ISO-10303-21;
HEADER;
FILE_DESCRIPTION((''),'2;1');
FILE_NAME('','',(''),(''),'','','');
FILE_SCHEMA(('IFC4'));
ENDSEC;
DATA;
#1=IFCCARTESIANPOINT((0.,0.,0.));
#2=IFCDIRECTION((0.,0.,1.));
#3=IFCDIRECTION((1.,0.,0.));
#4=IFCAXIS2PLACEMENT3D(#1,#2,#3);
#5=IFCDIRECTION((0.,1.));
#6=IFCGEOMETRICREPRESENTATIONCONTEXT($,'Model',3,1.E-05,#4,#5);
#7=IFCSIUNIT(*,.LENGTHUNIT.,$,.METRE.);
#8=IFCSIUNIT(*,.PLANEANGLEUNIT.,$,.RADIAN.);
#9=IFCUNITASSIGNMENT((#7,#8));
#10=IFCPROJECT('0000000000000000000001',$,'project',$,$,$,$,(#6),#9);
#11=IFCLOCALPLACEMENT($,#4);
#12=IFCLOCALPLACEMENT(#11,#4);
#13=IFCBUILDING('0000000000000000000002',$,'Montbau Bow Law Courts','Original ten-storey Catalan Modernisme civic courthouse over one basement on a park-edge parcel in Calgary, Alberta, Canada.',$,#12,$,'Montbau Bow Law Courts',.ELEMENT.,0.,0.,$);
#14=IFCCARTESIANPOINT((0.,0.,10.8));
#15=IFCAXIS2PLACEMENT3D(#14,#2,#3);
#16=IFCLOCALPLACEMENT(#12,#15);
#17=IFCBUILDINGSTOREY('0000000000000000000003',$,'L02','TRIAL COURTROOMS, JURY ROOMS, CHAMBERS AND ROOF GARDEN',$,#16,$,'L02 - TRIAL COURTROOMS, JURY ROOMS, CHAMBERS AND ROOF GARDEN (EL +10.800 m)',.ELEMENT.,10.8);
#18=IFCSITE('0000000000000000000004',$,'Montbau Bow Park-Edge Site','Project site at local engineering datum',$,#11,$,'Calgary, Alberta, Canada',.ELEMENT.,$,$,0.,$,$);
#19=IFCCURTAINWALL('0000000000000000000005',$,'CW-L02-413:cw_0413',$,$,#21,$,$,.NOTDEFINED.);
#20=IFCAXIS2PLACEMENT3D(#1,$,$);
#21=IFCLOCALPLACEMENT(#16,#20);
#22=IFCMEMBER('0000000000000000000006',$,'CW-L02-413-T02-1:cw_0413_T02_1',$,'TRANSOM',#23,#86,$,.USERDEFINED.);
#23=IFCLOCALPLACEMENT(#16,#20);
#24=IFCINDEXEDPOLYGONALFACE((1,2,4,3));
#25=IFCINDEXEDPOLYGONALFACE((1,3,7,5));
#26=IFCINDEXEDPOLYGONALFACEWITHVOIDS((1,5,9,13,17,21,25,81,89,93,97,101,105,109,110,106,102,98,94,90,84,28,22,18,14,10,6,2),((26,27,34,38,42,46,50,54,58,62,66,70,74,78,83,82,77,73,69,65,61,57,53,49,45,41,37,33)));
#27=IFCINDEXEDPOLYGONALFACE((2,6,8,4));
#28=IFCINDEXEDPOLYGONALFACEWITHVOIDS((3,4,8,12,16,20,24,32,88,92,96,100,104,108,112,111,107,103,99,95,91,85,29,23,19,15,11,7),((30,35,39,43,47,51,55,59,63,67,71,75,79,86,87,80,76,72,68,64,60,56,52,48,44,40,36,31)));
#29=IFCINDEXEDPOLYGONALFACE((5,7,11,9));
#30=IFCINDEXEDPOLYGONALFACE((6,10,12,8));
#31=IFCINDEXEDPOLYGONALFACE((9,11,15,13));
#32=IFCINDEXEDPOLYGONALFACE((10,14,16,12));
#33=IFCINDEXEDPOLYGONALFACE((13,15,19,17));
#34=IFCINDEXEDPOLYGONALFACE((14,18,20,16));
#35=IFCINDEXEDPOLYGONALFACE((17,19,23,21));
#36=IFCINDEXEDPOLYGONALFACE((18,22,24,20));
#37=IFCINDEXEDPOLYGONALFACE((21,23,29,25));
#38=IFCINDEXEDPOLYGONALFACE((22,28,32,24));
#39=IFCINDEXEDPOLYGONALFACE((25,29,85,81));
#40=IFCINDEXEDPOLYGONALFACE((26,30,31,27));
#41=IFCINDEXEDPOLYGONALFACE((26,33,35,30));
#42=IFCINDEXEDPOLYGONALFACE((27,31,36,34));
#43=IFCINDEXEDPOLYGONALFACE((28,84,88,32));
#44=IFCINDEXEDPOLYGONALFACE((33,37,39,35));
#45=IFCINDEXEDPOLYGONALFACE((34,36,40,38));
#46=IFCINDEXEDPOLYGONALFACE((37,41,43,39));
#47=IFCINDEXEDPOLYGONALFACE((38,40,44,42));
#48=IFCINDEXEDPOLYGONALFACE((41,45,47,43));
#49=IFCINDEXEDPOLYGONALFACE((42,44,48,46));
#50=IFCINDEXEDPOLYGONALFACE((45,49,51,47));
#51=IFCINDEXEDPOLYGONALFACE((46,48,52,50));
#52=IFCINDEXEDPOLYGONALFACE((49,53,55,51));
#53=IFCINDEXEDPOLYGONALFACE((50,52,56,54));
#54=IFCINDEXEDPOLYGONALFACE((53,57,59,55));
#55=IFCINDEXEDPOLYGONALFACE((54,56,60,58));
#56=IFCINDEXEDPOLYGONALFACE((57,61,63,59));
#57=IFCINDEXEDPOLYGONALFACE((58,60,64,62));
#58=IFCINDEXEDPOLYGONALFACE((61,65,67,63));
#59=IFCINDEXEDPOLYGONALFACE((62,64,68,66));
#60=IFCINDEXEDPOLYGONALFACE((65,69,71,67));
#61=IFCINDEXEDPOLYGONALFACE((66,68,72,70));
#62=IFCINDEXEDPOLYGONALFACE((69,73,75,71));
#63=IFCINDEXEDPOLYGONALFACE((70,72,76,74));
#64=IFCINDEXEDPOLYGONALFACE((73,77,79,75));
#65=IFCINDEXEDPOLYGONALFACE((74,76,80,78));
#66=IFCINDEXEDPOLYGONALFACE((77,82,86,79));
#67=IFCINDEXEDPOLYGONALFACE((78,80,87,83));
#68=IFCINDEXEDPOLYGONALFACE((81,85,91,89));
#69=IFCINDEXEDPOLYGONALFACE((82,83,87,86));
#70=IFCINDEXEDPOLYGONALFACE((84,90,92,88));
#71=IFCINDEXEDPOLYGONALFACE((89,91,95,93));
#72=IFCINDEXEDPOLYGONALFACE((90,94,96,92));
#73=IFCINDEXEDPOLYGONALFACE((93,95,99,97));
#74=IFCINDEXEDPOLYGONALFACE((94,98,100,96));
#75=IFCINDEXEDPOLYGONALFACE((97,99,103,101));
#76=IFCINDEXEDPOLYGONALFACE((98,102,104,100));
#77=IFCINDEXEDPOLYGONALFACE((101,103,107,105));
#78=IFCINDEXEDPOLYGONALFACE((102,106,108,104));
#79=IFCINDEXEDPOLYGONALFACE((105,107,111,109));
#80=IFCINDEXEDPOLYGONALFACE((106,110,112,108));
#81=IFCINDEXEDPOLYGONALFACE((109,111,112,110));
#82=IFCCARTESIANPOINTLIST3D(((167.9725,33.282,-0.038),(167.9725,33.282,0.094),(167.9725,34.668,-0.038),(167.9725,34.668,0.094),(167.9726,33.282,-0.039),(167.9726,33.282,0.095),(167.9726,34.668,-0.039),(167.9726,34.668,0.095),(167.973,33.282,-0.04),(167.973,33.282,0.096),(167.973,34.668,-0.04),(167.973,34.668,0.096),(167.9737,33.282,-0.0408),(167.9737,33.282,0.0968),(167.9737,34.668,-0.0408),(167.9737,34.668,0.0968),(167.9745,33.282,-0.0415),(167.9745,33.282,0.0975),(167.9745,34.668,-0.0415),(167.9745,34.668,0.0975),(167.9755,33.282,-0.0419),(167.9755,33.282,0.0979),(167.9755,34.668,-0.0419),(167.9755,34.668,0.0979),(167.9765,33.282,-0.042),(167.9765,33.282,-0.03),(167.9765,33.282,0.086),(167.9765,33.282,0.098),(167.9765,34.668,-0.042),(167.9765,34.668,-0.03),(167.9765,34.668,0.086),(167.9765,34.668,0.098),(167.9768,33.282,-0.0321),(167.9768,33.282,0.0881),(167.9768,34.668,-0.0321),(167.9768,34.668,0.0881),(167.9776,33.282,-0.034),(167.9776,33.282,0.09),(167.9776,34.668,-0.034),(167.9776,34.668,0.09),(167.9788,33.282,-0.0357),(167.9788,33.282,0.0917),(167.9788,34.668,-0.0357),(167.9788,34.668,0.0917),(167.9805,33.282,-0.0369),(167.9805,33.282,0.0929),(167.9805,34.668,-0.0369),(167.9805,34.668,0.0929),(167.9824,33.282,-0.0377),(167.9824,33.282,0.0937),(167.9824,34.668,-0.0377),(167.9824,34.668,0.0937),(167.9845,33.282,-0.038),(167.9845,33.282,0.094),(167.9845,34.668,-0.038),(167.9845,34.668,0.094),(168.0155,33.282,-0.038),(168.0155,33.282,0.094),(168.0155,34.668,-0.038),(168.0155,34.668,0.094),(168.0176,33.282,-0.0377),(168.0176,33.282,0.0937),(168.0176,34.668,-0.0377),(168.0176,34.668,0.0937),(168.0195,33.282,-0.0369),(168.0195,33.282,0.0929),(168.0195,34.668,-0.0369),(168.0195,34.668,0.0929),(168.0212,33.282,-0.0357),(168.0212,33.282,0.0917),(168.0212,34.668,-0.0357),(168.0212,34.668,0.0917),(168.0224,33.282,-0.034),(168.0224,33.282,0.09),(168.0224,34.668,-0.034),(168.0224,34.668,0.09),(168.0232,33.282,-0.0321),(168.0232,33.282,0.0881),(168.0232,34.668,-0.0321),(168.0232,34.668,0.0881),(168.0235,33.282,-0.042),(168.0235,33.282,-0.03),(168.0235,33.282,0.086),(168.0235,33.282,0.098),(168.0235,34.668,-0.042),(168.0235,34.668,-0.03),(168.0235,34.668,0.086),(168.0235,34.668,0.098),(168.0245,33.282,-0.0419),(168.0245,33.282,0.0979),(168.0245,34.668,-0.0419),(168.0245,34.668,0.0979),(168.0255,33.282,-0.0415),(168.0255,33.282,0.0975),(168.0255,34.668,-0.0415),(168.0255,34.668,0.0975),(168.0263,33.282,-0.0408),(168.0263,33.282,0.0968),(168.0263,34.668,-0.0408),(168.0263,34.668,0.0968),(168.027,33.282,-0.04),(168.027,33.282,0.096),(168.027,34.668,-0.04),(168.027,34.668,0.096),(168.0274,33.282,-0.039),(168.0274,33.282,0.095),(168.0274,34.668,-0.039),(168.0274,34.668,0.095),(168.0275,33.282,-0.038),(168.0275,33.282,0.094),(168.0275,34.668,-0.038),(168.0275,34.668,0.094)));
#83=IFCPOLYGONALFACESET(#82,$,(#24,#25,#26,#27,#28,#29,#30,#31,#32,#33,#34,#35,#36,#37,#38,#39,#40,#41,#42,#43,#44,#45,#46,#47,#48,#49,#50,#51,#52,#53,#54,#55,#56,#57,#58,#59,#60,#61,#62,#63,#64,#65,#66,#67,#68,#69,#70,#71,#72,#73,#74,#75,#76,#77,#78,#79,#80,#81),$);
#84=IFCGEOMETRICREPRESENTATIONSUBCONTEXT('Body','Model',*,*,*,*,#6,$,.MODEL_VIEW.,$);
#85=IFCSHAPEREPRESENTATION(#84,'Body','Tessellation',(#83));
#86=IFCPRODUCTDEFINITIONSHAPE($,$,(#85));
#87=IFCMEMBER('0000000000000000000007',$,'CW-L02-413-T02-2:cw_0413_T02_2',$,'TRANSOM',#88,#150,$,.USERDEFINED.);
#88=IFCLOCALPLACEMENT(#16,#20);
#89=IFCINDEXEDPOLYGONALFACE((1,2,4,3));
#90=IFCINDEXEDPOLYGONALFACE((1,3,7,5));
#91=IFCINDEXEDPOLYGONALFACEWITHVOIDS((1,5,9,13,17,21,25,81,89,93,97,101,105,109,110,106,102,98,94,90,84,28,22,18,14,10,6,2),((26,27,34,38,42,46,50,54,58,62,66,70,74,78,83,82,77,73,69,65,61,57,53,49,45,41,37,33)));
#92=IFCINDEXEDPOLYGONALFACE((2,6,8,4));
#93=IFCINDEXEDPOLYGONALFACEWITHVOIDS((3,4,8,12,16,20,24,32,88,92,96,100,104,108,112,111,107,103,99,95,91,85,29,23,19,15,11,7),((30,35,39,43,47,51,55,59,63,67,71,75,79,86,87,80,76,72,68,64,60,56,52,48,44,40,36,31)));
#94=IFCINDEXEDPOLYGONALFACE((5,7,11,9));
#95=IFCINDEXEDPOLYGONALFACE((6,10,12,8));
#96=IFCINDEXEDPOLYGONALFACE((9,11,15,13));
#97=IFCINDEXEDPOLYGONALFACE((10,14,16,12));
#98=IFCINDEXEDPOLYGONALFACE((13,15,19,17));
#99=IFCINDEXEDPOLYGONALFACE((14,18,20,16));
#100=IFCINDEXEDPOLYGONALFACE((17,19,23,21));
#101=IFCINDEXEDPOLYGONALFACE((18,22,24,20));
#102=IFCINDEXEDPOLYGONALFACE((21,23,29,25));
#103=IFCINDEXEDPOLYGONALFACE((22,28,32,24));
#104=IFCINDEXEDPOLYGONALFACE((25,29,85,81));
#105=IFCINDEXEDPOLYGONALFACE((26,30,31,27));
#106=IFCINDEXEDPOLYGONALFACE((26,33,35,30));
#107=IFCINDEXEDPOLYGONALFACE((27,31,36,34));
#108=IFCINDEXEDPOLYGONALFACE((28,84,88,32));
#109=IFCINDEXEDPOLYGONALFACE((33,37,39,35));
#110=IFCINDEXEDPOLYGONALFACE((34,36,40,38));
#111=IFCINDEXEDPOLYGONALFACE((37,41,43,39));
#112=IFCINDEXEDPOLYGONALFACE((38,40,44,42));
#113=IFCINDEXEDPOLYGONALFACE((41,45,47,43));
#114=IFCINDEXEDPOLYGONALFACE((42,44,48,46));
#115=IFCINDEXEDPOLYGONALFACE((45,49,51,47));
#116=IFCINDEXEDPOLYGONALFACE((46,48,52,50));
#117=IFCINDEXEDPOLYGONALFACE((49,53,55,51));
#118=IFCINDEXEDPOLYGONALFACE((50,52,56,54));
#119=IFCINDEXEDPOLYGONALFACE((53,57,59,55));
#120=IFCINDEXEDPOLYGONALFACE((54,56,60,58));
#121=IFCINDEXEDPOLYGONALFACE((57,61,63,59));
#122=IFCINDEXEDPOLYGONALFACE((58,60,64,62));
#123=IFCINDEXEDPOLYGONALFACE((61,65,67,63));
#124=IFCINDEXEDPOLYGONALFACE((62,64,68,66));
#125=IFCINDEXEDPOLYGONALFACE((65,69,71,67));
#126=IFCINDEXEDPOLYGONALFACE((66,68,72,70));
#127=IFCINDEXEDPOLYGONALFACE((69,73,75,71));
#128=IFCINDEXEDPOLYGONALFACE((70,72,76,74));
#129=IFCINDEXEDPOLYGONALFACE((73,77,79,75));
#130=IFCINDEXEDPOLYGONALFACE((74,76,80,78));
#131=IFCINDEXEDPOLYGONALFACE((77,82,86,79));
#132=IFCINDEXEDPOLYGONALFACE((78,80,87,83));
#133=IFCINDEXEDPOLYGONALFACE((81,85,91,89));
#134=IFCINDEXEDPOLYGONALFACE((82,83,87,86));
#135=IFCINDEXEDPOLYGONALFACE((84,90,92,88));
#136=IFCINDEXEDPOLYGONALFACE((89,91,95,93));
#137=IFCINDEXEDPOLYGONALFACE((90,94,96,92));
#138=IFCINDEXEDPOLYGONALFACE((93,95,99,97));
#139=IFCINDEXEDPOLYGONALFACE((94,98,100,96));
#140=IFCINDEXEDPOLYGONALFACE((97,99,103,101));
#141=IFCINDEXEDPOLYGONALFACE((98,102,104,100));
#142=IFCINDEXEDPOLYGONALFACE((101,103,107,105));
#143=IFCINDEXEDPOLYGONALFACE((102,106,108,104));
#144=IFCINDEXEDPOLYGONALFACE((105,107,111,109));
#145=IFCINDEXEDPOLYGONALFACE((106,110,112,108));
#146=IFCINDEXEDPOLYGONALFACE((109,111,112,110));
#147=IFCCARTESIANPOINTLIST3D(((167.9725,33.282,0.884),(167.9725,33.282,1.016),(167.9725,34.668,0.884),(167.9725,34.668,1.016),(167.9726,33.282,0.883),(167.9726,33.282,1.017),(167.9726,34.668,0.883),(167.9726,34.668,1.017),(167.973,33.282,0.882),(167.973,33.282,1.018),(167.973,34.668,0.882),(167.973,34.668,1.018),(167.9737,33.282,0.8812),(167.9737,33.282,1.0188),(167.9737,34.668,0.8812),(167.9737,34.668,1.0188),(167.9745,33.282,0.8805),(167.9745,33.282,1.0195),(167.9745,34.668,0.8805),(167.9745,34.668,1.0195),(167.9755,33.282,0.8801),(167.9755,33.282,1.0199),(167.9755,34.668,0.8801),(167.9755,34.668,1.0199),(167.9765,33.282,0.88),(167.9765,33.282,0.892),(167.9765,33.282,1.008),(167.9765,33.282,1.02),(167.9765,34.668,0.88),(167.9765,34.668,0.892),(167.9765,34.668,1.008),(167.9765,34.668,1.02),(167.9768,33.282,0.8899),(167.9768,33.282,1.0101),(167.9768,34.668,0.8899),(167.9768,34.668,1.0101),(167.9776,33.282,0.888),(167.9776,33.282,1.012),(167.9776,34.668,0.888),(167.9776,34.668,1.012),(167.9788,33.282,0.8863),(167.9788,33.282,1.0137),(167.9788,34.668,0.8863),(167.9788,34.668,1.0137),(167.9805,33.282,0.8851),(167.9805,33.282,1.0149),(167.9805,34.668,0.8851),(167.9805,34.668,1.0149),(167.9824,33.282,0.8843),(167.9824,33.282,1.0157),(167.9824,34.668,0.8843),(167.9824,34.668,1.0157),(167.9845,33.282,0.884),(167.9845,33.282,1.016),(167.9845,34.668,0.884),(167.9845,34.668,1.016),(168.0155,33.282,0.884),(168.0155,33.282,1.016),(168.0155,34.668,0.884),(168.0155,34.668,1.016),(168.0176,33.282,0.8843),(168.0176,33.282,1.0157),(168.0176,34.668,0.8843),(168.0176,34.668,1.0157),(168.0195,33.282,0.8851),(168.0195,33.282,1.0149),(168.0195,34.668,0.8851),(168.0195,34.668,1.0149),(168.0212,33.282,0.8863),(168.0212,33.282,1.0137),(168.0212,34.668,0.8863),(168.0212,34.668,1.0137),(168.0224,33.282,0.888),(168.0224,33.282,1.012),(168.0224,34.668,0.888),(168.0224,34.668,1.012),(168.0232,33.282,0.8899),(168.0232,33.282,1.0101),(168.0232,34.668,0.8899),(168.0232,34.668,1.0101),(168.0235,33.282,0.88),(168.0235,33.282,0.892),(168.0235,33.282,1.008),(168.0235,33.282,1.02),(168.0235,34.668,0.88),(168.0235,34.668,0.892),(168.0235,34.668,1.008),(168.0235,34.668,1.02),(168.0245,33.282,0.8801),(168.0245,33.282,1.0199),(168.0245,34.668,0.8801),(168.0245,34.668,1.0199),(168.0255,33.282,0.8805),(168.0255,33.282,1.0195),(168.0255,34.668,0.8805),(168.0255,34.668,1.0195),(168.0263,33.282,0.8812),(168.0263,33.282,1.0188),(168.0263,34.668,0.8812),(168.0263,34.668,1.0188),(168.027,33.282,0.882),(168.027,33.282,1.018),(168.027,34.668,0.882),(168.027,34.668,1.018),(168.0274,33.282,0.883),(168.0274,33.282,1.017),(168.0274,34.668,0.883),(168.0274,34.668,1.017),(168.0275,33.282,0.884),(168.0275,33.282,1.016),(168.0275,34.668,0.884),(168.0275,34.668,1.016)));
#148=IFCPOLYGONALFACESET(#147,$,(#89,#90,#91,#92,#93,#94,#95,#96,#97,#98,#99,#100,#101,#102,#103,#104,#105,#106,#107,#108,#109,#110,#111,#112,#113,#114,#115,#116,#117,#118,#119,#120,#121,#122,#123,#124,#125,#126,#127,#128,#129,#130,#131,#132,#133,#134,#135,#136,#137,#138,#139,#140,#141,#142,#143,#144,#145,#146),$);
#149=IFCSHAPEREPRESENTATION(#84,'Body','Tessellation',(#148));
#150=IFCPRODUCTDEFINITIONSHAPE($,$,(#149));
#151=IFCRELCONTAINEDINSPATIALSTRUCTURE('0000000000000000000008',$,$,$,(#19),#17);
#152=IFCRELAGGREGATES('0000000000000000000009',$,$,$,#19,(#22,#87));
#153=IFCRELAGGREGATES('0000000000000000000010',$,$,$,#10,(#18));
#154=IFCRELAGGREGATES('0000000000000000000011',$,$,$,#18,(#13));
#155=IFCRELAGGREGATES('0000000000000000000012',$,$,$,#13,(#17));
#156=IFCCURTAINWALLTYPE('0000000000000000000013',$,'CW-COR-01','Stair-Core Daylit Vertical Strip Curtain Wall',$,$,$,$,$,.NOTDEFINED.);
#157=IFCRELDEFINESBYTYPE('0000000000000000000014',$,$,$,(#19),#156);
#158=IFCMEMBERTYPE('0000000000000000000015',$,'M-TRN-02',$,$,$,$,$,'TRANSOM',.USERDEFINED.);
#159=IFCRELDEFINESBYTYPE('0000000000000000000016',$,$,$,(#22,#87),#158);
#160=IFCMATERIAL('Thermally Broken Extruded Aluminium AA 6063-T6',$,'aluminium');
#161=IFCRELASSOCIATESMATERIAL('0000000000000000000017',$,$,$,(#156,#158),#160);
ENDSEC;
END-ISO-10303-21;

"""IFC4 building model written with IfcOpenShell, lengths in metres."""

from ifc_helpers import new_model, si_unit, direction, frame, origin_with_axes, origin_2d_with_axis, place, context, subcontext, project, spatial, hollow_rectangle, extrude, material, material_profile, profile_set, type_object, element, aggregate, save


model = new_model("IFC4")

# Units and contexts
model_context = context("Model", 3, precision=1e-05, world=origin_with_axes(), true_north=direction((0.0, 1.0)))
body_context = subcontext(model_context, "Body", "Model", "MODEL_VIEW")
ifc_project = project(units=[si_unit("LENGTHUNIT", "METRE"), si_unit("PLANEANGLEUNIT", "RADIAN")], contexts=[model_context])

# Site, building, storey
site_placement = place(None, origin_with_axes())
site = spatial("IfcSite", under=ifc_project, at=site_placement, Name="Montbau Bow Park-Edge Site", Description="Project site at local engineering datum", LongName="Calgary, Alberta, Canada", CompositionType="ELEMENT", RefElevation=0.0)
building_placement = place(site_placement, origin_with_axes())
building = spatial("IfcBuilding", under=site, at=building_placement, Name="Montbau Bow Law Courts", Description="Original ten-storey Catalan Modernisme civic courthouse over one basement on a park-edge parcel in Calgary, Alberta, Canada.", LongName="Montbau Bow Law Courts", CompositionType="ELEMENT", ElevationOfRefHeight=0.0, ElevationOfTerrain=0.0)
storey_placement = place(building_placement, frame((0.0, 0.0, 10.8), z_axis=(0.0, 0.0, 1.0), x_axis=(1.0, 0.0, 0.0)))
storey = spatial("IfcBuildingStorey", under=building, at=storey_placement, Name="L02", Description="TRIAL COURTROOMS, JURY ROOMS, CHAMBERS AND ROOF GARDEN", LongName="L02 - TRIAL COURTROOMS, JURY ROOMS, CHAMBERS AND ROOF GARDEN (EL +10.800 m)", CompositionType="ELEMENT", Elevation=10.8)

# Curtain wall, members
ifc_material_1 = material(Name="Thermally Broken Extruded Aluminium AA 6063-T6", Category="aluminium")
curtain_wall_type = type_object("IfcCurtainWallType", Name="CW-COR-01", Description="Stair-Core Daylit Vertical Strip Curtain Wall", PredefinedType="NOTDEFINED", material=ifc_material_1)
curtain_wall_placement = place(None, frame((168.0, 31.8, 10.8), z_axis=(0.0, 0.0, 1.0), x_axis=(1.0, 0.0, 0.0)))
curtain_wall = element("IfcCurtainWall", 1, at=curtain_wall_placement, inside=storey, type_object=curtain_wall_type, Name="CW-L02-413:cw_0413", PredefinedType="NOTDEFINED")
ifc_material_profile_1 = material_profile(ifc_material_1, hollow_rectangle(XDim=0.055, YDim=0.14, WallThickness=0.004, InnerFilletRadius=0.008, OuterFilletRadius=0.004, at=origin_2d_with_axis()), Name="CWT-140X55", Category="Main", Priority=0)
ifc_profile_set_1 = profile_set([ifc_material_profile_1], Name="Thermally Broken Extruded Aluminium AA 6063-T6")
member_type_1 = type_object("IfcMemberType", Name="M-TRN-02", ElementType="TRANSOM", PredefinedType="USERDEFINED", material=ifc_profile_set_1)
member_1_placement = place(None, frame((168.0, 33.282, 10.828), z_axis=(0.0, 1.0, 0.0), x_axis=(-1.0, 0.0, 0.0)))
member_1 = element("IfcMember", 2, at=member_1_placement, type_object=member_type_1, Name="CW-L02-413-T02-1:cw_0413_T02_1", ObjectType="TRANSOM", PredefinedType="USERDEFINED", context=body_context, shape_type="SweptSolid", body=[
    extrude(hollow_rectangle(XDim=0.055, YDim=0.14, WallThickness=0.004, InnerFilletRadius=0.008, OuterFilletRadius=0.004, at=origin_2d_with_axis()), origin_with_axes(), (0.0, 0.0, 1.0), 1.386),
])
member_2_placement = place(None, frame((168.0, 33.282, 11.75), z_axis=(0.0, 1.0, 0.0), x_axis=(-1.0, 0.0, 0.0)))
member_2 = element("IfcMember", 3, at=member_2_placement, type_object=member_type_1, Name="CW-L02-413-T02-2:cw_0413_T02_2", ObjectType="TRANSOM", PredefinedType="USERDEFINED", context=body_context, shape_type="SweptSolid", body=[
    extrude(hollow_rectangle(XDim=0.055, YDim=0.14, WallThickness=0.004, InnerFilletRadius=0.008, OuterFilletRadius=0.004, at=origin_2d_with_axis()), origin_with_axes(), (0.0, 0.0, 1.0), 1.386),
])
aggregate(curtain_wall, [member_1, member_2])

save(model, "model.ifc")
